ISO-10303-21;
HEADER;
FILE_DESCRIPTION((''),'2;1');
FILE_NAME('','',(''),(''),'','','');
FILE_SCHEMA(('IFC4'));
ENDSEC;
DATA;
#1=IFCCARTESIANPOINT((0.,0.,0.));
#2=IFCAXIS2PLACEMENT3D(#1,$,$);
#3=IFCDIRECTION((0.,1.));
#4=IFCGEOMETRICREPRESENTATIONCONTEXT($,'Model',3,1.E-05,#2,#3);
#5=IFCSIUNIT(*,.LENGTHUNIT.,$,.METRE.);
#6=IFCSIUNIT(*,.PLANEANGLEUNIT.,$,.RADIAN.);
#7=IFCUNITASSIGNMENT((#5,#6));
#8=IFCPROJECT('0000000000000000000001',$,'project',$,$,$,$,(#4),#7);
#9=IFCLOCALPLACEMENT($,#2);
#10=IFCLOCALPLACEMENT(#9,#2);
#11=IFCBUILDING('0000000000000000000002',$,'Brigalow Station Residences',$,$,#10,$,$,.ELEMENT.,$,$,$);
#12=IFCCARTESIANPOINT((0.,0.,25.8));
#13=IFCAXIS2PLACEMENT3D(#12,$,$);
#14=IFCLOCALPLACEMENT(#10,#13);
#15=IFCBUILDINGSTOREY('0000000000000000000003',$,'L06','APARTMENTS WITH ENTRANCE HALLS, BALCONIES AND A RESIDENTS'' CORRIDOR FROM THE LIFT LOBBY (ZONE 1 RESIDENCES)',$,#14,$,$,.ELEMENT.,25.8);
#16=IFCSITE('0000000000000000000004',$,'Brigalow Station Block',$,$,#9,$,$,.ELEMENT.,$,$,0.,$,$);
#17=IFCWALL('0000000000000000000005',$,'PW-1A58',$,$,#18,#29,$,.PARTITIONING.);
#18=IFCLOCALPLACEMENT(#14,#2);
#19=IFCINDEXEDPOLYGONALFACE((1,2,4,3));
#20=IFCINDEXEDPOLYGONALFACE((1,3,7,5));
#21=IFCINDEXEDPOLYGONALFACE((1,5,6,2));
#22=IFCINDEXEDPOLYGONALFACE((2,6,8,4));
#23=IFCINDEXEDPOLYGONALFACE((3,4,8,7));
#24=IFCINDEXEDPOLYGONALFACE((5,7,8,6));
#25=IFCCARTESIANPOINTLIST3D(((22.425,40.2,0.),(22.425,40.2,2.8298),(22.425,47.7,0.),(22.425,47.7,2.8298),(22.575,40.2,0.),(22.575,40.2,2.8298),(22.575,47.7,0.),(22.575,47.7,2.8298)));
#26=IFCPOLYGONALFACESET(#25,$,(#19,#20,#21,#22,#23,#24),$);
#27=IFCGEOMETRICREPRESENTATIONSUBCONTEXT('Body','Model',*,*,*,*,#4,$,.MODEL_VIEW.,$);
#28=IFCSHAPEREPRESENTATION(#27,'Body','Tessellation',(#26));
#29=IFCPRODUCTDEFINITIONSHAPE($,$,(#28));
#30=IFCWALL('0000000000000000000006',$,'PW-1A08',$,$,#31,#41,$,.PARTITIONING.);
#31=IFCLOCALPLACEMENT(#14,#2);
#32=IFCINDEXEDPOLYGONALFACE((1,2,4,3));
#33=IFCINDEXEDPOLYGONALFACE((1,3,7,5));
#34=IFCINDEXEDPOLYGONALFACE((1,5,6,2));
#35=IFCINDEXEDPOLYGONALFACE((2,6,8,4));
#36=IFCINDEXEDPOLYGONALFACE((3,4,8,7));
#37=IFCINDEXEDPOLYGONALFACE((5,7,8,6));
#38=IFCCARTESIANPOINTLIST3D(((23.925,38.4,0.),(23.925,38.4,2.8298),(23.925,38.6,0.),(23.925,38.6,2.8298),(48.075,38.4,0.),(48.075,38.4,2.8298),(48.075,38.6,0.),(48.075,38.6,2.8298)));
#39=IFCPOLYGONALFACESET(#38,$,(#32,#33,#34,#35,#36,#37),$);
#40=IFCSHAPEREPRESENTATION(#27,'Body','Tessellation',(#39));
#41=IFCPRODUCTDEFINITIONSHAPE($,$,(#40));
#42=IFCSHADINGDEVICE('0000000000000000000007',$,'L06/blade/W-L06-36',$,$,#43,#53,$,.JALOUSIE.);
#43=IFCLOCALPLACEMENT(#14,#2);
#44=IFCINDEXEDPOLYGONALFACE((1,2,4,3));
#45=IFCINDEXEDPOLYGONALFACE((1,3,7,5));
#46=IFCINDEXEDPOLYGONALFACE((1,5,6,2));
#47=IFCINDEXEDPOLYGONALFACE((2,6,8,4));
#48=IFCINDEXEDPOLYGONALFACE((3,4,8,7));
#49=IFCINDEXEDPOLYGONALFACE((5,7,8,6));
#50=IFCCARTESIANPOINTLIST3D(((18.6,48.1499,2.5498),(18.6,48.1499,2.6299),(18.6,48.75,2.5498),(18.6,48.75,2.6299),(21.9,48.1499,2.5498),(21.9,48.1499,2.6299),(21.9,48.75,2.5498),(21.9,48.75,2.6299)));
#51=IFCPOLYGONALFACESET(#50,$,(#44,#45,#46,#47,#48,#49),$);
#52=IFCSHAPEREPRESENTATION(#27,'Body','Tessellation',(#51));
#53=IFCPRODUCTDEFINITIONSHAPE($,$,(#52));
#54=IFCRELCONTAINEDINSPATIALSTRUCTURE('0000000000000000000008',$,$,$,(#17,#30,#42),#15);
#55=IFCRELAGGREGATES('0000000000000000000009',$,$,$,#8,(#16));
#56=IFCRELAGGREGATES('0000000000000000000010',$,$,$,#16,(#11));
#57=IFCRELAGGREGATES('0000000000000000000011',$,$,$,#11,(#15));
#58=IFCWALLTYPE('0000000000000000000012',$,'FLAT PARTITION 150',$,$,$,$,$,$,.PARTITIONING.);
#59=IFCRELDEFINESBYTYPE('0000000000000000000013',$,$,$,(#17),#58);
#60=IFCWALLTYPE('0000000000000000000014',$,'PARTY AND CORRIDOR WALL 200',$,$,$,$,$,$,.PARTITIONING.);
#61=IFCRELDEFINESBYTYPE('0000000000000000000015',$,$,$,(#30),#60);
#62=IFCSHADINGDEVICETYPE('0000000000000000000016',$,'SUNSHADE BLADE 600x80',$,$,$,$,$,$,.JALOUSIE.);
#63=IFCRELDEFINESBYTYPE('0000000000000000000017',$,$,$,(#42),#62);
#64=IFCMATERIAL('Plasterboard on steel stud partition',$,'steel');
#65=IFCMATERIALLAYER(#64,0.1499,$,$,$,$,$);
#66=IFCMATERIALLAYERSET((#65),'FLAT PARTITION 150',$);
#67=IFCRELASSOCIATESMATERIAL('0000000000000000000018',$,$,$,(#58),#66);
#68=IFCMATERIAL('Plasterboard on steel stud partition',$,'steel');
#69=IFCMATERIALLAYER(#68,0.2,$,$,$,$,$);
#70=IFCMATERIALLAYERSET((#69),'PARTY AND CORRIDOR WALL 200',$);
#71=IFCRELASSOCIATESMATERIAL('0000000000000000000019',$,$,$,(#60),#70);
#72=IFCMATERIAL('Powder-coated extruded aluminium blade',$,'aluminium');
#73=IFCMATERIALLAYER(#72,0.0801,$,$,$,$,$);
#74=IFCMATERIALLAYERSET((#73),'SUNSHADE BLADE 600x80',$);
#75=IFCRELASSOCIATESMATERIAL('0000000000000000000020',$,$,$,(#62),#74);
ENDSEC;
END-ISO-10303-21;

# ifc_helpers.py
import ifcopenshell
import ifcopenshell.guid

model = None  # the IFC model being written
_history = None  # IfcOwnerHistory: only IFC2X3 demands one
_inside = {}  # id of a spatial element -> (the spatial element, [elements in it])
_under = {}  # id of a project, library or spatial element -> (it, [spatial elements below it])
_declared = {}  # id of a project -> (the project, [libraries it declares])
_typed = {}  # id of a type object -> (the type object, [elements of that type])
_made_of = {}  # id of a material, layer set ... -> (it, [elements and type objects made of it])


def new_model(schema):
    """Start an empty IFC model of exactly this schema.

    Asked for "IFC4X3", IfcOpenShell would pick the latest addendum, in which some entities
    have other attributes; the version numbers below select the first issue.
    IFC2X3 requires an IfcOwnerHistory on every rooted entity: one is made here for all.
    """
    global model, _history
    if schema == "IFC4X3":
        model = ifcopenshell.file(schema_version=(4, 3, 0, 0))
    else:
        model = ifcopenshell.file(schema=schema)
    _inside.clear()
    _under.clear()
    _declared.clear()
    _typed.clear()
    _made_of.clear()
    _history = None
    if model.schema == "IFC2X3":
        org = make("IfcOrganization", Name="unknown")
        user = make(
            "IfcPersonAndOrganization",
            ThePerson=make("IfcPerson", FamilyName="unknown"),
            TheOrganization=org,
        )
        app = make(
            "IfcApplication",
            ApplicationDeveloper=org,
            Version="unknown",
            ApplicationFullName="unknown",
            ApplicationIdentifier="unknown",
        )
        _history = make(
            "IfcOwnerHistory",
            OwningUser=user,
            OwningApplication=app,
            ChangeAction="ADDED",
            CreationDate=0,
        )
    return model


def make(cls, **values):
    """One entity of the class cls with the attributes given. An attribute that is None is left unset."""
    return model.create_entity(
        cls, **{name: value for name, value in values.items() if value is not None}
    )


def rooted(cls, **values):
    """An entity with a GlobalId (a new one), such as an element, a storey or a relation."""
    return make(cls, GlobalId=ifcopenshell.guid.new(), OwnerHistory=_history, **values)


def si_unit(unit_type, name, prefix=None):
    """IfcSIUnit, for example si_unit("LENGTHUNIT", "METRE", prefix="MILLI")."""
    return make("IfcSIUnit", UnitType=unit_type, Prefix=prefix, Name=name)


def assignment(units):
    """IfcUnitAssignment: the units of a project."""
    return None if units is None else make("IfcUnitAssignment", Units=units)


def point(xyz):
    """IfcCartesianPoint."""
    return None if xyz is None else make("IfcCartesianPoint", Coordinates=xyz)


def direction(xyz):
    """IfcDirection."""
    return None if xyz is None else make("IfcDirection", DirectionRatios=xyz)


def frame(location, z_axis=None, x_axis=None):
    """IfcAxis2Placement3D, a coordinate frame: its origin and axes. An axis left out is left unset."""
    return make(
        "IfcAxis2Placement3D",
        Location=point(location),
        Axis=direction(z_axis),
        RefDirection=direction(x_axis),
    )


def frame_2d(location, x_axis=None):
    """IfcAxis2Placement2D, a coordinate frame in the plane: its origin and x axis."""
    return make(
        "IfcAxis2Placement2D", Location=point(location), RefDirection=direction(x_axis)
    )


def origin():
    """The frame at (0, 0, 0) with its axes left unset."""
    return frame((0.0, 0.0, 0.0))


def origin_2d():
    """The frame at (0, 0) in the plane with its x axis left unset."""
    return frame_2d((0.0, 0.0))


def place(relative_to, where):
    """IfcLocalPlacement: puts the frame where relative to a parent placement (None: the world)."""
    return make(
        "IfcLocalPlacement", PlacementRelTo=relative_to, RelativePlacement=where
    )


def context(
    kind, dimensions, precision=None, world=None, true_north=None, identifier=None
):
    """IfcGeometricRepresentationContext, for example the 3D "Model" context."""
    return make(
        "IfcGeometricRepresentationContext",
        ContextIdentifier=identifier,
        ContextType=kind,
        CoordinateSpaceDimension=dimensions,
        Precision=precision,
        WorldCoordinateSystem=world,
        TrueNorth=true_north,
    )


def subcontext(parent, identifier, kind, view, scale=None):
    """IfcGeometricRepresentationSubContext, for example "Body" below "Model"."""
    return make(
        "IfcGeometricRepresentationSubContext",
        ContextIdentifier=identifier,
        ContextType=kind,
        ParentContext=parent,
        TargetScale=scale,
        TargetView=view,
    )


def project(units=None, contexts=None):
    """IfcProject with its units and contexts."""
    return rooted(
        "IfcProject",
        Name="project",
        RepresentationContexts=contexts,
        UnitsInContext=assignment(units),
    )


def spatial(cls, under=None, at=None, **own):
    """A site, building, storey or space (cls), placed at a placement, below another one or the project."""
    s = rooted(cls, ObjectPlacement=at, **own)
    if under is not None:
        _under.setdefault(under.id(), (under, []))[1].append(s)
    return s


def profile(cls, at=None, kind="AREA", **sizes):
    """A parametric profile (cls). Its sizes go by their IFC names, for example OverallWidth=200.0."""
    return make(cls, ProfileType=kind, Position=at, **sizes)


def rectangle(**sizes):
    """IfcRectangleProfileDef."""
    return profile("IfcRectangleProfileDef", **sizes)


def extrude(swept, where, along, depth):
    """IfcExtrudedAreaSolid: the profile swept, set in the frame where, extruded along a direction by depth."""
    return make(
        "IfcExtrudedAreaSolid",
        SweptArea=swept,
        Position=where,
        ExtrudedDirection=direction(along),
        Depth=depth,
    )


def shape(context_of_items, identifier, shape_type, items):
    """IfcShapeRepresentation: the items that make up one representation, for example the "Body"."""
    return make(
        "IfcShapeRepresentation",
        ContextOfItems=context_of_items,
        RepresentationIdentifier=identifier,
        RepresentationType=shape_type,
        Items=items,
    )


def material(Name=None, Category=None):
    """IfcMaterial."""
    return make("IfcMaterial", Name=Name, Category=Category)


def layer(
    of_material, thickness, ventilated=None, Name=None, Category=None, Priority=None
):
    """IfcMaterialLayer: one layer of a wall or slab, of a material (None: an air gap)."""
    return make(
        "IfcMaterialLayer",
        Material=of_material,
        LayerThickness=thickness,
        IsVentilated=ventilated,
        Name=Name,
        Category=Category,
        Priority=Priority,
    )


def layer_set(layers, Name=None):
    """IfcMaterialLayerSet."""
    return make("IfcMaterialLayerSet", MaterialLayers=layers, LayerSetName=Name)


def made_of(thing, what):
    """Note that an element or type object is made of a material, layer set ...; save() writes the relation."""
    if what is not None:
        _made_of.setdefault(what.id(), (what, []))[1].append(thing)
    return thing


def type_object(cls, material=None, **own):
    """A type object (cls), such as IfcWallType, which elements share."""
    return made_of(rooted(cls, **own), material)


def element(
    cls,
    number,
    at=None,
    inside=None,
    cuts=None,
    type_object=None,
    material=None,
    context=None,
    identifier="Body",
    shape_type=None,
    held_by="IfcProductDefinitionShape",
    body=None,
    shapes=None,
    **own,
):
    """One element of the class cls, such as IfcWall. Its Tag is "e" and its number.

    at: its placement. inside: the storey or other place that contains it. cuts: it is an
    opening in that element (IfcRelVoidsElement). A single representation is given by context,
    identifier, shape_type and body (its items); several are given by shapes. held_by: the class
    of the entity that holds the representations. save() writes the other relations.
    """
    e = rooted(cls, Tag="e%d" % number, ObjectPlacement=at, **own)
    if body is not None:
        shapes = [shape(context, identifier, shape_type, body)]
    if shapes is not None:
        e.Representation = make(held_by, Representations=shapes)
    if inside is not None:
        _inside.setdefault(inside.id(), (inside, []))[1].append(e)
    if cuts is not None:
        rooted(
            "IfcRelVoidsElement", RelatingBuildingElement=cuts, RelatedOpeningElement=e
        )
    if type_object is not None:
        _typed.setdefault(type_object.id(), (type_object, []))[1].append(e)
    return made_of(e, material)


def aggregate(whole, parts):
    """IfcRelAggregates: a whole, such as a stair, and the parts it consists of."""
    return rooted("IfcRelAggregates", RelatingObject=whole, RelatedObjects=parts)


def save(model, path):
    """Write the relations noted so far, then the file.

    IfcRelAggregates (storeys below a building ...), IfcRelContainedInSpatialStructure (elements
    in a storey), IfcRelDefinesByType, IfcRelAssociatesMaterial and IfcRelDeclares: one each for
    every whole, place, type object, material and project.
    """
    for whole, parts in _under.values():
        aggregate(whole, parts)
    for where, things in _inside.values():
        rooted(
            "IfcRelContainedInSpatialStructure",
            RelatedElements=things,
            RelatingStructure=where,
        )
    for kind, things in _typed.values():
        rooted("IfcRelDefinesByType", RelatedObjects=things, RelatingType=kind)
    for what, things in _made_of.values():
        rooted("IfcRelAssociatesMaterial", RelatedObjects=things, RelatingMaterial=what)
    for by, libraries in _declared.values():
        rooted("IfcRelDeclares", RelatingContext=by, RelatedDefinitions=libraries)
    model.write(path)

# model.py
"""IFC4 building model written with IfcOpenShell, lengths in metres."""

from ifc_helpers import new_model, si_unit, direction, frame, frame_2d, origin, origin_2d, place, context, subcontext, project, spatial, rectangle, extrude, material, layer, layer_set, type_object, element, save


model = new_model("IFC4")

# Units and contexts
model_context = context("Model", 3, precision=1e-05, world=origin(), true_north=direction((0.0, 1.0)))
body_context = subcontext(model_context, "Body", "Model", "MODEL_VIEW")
ifc_project = project(units=[si_unit("LENGTHUNIT", "METRE"), si_unit("PLANEANGLEUNIT", "RADIAN")], contexts=[model_context])

# Site, building, storey
site_placement = place(None, origin())
site = spatial("IfcSite", under=ifc_project, at=site_placement, Name="Brigalow Station Block", CompositionType="ELEMENT", RefElevation=0.0)
building_placement = place(site_placement, origin())
building = spatial("IfcBuilding", under=site, at=building_placement, Name="Brigalow Station Residences", CompositionType="ELEMENT")
storey_placement = place(building_placement, frame((0.0, 0.0, 25.8)))
storey = spatial("IfcBuildingStorey", under=building, at=storey_placement, Name="L06", Description="APARTMENTS WITH ENTRANCE HALLS, BALCONIES AND A RESIDENTS' CORRIDOR FROM THE LIFT LOBBY (ZONE 1 RESIDENCES)", CompositionType="ELEMENT", Elevation=25.8)

# Shared definitions
ifc_material_1 = material(Name="Plasterboard on steel stud partition", Category="steel")
ifc_layer_1 = layer(ifc_material_1, 0.1499)
ifc_layer_set_1 = layer_set([ifc_layer_1], Name="FLAT PARTITION 150")
wall_type_1 = type_object("IfcWallType", Name="FLAT PARTITION 150", PredefinedType="PARTITIONING", material=ifc_layer_set_1)

# Walls
wall_1_placement = place(storey_placement, frame((22.5, 40.2, 0.0), z_axis=(0.0, 0.0, 1.0), x_axis=(0.0, 1.0, 0.0)))
element("IfcWall", 1, at=wall_1_placement, inside=storey, type_object=wall_type_1, Name="PW-1A58", PredefinedType="PARTITIONING", context=body_context, shape_type="SweptSolid", body=[
    extrude(rectangle(XDim=7.5, YDim=0.1499, at=frame_2d((3.75, 0.0))), origin(), (0.0, 0.0, 1.0), 2.8298),
])
ifc_material_2 = material(Name="Plasterboard on steel stud partition", Category="steel")
ifc_layer_2 = layer(ifc_material_2, 0.2)
ifc_layer_set_2 = layer_set([ifc_layer_2], Name="PARTY AND CORRIDOR WALL 200")
wall_type_2 = type_object("IfcWallType", Name="PARTY AND CORRIDOR WALL 200", PredefinedType="PARTITIONING", material=ifc_layer_set_2)
wall_2_placement = place(storey_placement, frame((23.925, 38.5, 0.0), z_axis=(0.0, 0.0, 1.0), x_axis=(1.0, 0.0, 0.0)))
element("IfcWall", 2, at=wall_2_placement, inside=storey, type_object=wall_type_2, Name="PW-1A08", PredefinedType="PARTITIONING", context=body_context, shape_type="SweptSolid", body=[
    extrude(rectangle(XDim=24.1499, YDim=0.2, at=frame_2d((12.075, 0.0))), origin(), (0.0, 0.0, 1.0), 2.8298),
])

# Shading device
ifc_material_3 = material(Name="Powder-coated extruded aluminium blade", Category="aluminium")
ifc_layer_3 = layer(ifc_material_3, 0.0801)
ifc_layer_set_3 = layer_set([ifc_layer_3], Name="SUNSHADE BLADE 600x80")
shading_device_type = type_object("IfcShadingDeviceType", Name="SUNSHADE BLADE 600x80", PredefinedType="JALOUSIE", material=ifc_layer_set_3)
shading_device_placement = place(storey_placement, frame((20.25, 48.45, 2.5498), z_axis=(0.0, 0.0, 1.0), x_axis=(-1.0, 0.0, 0.0)))
element("IfcShadingDevice", 3, at=shading_device_placement, inside=storey, type_object=shading_device_type, Name="L06/blade/W-L06-36", PredefinedType="JALOUSIE", context=body_context, shape_type="SweptSolid", body=[
    extrude(rectangle(XDim=3.3, YDim=0.6001, at=origin_2d()), origin(), (0.0, 0.0, 1.0), 0.0801),
])

save(model, "model.ifc")
